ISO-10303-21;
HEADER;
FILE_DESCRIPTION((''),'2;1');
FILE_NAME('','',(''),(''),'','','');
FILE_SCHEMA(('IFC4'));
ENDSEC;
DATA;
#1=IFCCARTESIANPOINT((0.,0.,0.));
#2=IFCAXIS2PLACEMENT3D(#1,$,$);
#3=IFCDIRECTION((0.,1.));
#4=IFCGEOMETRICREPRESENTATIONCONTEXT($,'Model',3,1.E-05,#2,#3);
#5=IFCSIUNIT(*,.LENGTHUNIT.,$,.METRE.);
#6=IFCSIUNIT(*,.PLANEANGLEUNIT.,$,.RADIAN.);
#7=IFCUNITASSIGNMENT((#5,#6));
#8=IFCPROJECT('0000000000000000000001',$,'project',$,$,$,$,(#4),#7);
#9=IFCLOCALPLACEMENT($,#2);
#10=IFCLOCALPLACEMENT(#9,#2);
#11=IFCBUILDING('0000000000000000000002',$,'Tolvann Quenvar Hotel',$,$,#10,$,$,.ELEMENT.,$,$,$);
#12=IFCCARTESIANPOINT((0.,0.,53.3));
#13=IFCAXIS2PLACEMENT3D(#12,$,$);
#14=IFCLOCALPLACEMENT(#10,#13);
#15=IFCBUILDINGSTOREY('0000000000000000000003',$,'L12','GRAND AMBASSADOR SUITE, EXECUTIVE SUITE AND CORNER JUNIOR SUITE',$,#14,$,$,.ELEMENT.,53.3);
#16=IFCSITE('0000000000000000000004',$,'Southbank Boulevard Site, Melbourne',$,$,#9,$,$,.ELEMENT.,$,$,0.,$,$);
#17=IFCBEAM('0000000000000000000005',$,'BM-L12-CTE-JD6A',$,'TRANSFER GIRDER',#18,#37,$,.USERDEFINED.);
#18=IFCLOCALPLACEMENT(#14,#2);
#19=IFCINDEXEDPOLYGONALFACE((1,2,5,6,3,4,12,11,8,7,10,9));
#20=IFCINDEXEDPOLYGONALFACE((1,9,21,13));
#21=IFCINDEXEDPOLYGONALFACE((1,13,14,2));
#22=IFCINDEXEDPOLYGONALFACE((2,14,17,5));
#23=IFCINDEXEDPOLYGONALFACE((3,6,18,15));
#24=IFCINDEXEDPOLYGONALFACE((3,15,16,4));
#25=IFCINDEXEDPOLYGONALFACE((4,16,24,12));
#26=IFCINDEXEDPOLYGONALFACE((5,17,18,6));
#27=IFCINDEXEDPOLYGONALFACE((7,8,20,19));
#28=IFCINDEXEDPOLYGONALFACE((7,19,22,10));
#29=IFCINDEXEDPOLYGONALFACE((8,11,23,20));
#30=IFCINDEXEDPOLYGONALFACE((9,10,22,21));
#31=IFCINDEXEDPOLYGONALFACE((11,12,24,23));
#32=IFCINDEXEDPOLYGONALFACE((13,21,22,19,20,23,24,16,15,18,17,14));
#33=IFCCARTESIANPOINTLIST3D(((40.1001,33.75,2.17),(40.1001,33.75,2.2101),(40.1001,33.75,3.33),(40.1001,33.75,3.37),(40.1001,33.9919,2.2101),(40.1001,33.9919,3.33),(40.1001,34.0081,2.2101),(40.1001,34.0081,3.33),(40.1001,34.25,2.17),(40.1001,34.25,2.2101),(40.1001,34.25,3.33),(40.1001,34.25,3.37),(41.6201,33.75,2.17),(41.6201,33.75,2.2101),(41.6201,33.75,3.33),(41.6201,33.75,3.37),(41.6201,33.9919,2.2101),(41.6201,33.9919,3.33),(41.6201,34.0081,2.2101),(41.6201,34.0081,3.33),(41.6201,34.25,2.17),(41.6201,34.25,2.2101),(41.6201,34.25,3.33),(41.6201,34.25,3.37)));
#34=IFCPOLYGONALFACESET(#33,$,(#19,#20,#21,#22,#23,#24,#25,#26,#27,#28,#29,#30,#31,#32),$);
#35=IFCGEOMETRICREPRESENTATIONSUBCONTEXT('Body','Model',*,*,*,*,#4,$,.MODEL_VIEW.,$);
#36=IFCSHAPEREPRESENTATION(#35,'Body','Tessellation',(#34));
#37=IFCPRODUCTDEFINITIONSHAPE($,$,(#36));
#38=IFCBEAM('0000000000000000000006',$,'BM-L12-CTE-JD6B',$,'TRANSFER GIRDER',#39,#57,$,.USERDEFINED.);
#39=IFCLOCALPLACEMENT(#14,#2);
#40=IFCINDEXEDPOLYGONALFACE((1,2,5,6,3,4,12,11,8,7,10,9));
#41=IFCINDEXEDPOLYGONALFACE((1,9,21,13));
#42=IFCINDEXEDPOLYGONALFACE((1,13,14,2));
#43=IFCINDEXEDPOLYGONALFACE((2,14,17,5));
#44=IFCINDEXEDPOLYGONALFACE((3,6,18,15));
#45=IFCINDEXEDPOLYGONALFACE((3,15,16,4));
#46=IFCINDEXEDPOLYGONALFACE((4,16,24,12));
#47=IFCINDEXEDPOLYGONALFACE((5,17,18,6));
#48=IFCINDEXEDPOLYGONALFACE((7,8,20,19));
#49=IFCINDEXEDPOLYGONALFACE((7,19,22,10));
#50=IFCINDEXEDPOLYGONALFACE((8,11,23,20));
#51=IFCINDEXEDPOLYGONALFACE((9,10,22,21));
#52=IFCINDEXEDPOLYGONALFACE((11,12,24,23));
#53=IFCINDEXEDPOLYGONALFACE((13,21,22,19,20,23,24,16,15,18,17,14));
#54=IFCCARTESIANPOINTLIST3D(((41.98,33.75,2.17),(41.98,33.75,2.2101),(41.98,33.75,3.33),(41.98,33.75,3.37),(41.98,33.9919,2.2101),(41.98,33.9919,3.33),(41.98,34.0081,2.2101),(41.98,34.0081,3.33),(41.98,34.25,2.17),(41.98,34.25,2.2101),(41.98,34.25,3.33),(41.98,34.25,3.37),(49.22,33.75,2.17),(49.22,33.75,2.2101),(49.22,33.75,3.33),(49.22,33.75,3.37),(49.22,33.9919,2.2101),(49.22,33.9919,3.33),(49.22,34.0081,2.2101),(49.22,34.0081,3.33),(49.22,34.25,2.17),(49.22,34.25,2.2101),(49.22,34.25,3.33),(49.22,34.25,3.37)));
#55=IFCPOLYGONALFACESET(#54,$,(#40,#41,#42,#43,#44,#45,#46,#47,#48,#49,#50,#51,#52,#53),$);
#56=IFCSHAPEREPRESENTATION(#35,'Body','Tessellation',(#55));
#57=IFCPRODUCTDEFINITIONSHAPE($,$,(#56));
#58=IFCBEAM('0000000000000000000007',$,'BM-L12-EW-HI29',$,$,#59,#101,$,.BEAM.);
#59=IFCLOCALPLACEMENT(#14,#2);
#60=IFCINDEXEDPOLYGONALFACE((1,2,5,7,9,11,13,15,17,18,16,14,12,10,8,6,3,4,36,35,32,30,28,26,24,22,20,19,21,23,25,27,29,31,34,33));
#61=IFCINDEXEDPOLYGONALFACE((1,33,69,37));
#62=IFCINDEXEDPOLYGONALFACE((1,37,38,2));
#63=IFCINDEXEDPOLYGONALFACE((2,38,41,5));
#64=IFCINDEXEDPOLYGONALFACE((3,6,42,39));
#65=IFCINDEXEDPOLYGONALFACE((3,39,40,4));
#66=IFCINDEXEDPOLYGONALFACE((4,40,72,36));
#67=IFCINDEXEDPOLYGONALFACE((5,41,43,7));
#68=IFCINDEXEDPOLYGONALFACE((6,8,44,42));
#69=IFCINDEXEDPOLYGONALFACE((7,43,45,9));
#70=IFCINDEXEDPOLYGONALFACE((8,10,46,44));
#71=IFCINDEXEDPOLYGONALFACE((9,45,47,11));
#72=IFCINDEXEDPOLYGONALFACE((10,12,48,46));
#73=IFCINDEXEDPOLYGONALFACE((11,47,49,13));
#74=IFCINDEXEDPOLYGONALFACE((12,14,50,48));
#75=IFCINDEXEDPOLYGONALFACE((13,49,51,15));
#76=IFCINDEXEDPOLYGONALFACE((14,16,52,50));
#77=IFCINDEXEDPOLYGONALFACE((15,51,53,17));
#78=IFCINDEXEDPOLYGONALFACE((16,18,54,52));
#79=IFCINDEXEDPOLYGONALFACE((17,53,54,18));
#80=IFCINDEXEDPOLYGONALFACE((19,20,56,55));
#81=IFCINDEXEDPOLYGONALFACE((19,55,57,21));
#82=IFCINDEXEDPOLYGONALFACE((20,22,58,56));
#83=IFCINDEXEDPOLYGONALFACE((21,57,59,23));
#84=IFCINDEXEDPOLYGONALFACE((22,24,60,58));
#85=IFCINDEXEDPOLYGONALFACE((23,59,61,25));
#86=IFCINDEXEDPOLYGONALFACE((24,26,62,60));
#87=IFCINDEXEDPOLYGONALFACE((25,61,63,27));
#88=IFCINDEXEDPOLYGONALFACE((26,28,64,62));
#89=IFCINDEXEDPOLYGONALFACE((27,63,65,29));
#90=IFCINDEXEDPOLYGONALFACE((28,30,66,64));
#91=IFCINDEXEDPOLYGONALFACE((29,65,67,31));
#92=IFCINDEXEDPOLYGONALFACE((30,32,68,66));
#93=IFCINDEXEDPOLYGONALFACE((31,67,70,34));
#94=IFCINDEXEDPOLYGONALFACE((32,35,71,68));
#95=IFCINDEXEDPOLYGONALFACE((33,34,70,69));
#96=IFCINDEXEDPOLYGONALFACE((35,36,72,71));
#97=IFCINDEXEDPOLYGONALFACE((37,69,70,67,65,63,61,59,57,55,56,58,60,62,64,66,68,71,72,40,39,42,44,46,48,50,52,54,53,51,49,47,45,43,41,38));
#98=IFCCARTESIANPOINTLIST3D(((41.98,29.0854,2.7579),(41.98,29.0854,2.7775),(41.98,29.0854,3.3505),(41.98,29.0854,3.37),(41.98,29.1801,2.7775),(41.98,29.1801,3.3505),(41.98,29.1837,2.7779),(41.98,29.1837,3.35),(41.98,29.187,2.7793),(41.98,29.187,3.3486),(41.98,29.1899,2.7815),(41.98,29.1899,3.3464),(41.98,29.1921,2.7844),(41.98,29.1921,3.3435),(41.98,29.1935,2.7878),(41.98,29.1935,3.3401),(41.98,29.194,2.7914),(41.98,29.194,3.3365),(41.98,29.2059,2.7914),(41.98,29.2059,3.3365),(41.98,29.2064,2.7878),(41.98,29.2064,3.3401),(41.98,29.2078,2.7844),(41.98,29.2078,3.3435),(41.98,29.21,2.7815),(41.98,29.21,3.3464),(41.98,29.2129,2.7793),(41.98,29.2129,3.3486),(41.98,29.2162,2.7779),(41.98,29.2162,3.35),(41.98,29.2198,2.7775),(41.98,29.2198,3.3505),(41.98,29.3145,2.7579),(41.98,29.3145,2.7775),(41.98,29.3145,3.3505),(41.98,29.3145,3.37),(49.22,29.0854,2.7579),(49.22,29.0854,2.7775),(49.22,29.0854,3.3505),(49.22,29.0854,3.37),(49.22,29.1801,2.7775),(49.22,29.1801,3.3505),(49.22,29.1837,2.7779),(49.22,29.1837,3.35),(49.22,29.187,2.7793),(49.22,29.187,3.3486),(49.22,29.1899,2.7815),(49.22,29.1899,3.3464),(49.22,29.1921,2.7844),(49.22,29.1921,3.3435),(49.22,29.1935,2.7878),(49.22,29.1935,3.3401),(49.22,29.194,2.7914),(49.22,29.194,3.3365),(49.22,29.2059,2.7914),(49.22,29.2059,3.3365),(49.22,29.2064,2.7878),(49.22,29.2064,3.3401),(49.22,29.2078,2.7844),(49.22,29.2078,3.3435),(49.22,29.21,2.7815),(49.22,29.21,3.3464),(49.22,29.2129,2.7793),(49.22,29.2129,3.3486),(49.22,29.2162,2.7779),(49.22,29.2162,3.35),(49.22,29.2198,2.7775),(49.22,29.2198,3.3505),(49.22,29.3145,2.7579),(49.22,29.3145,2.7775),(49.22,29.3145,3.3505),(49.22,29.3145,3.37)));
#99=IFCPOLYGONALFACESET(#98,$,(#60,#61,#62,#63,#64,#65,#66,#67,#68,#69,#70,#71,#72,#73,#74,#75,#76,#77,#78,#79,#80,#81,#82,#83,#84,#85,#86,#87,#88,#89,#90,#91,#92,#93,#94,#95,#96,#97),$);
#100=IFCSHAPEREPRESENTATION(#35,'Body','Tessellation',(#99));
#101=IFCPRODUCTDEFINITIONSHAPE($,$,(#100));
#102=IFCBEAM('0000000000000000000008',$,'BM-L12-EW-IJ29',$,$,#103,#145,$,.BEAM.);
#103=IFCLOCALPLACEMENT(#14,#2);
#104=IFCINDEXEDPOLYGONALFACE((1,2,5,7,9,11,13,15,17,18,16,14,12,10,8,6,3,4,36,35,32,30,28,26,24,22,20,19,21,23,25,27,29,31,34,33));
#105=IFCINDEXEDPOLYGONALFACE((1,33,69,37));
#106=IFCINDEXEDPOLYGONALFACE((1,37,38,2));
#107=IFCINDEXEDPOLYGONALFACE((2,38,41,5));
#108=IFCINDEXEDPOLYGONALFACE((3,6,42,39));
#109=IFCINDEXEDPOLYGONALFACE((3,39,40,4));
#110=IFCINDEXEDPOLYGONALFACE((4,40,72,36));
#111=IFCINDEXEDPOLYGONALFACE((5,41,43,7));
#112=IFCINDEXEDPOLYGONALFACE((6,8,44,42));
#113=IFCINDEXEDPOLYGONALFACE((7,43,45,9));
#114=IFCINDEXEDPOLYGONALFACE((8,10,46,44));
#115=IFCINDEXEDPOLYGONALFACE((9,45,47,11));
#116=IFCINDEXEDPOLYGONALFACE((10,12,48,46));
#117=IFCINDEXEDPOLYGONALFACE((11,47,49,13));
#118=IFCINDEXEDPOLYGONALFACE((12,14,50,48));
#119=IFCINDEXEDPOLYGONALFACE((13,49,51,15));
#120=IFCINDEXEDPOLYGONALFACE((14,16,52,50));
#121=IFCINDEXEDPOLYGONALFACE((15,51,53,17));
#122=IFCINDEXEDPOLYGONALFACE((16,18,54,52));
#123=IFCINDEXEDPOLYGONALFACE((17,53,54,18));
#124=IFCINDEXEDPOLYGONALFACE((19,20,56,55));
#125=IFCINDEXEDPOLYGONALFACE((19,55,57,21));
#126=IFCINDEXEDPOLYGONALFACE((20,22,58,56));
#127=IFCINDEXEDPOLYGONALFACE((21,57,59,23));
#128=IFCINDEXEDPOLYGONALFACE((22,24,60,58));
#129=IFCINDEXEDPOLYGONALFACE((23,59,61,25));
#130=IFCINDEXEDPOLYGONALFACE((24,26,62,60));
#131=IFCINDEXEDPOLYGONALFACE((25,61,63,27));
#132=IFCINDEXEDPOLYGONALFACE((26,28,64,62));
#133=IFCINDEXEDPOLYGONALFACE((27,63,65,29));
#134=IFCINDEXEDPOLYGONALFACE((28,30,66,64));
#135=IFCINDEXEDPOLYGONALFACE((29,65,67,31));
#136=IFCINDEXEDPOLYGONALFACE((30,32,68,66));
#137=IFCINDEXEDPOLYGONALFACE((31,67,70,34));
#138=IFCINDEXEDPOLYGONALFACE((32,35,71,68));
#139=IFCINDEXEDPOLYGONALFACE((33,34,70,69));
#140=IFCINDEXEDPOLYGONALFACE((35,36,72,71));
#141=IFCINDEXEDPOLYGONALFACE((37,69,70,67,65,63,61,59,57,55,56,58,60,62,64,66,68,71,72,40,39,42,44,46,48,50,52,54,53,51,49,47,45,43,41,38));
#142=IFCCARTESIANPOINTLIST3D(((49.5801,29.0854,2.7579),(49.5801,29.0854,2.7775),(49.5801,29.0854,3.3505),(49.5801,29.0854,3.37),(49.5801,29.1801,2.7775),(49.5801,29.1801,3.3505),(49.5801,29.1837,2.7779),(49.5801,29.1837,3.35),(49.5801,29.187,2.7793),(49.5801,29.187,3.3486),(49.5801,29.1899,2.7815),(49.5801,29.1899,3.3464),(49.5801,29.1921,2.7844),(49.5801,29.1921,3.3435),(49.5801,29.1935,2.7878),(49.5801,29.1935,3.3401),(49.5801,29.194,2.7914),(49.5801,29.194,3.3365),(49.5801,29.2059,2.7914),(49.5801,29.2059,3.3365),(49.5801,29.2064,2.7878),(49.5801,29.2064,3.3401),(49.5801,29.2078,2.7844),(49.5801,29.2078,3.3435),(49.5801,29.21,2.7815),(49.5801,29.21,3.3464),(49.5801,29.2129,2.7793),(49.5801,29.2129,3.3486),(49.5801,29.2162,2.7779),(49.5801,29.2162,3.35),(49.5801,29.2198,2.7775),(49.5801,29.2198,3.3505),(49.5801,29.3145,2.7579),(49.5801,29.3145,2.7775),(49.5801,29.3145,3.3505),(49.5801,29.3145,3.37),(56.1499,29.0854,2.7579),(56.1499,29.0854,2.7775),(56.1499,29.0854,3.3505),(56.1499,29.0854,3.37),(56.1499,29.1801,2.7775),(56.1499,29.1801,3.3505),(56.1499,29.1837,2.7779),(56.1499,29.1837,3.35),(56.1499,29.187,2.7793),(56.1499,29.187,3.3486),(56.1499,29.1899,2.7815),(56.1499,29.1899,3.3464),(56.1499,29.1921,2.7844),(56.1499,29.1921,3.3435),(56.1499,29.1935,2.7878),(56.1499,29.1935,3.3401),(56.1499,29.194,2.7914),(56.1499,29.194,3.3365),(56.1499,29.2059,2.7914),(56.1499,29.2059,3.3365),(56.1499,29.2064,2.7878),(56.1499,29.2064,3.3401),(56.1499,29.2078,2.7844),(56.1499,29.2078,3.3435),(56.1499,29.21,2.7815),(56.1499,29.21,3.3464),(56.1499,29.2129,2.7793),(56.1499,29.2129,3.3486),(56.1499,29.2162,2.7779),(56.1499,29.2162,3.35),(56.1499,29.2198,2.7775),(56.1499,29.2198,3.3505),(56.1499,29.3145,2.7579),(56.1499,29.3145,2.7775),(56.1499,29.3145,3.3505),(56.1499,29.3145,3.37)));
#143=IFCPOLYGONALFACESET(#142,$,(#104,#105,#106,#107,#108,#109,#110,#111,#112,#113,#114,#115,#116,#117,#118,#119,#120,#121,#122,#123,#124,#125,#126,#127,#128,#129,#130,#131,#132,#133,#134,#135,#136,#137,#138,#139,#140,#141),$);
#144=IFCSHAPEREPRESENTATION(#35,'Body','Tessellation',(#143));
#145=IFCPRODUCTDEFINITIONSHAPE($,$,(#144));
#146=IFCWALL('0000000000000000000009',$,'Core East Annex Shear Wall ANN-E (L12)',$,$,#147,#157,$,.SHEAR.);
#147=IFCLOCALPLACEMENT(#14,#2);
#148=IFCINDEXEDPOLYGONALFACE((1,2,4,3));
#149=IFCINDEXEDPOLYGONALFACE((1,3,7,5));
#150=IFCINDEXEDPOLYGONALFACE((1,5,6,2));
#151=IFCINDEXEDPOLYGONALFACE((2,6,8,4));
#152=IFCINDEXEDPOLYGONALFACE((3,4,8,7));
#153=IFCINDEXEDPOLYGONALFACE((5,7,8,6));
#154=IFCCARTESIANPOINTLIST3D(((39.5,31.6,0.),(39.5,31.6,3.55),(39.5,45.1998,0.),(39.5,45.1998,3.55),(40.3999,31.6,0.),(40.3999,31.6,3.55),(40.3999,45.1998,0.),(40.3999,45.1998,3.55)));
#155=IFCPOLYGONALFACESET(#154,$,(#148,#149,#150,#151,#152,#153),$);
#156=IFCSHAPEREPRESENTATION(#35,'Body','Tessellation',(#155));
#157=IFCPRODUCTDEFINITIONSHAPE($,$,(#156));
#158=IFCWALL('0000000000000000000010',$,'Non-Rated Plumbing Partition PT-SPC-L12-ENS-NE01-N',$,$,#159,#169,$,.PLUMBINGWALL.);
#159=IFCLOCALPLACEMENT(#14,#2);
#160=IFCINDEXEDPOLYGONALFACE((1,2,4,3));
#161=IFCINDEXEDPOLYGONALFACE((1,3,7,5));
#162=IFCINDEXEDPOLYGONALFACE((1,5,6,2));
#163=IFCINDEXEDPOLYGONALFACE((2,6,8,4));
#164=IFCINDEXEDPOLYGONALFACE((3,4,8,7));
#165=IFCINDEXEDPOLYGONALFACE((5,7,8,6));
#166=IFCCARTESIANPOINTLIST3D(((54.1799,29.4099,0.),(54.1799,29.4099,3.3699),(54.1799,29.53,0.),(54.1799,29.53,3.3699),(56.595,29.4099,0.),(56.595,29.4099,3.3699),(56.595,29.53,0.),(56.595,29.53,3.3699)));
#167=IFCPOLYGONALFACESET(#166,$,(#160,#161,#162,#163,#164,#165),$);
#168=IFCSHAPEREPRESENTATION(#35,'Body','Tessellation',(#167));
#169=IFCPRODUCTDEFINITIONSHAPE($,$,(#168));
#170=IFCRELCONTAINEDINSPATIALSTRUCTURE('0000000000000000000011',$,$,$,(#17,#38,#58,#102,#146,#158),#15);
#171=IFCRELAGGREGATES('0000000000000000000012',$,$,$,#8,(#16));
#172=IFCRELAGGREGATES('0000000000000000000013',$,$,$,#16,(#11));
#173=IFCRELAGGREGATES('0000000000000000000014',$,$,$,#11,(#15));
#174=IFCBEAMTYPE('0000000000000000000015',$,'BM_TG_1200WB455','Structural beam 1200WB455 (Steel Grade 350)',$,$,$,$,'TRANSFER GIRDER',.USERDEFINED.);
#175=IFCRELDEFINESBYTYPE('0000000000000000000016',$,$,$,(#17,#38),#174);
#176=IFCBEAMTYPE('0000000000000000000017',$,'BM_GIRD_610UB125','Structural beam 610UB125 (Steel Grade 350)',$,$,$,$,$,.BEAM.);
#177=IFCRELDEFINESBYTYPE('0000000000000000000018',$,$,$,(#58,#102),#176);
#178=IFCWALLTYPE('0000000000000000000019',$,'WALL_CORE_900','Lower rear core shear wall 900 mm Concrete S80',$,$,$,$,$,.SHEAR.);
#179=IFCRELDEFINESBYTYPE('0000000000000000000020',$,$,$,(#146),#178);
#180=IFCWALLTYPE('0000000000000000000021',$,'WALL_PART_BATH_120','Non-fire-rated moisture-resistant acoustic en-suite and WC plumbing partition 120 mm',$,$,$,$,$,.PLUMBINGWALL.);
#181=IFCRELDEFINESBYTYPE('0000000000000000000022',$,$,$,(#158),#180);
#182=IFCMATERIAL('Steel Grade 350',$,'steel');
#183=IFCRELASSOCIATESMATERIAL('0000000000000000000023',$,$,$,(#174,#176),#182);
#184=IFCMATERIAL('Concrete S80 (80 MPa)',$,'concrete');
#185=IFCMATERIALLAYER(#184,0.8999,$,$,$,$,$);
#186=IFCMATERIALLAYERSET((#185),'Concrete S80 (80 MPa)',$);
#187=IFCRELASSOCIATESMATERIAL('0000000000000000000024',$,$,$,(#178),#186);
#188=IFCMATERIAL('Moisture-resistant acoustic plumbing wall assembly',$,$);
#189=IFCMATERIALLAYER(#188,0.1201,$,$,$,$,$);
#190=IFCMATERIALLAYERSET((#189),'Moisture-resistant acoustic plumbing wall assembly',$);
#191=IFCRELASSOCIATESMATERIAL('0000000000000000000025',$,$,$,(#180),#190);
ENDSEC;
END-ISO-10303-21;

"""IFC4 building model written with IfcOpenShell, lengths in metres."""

from ifc_helpers import new_model, si_unit, direction, frame, frame_2d, origin, origin_2d, place, context, subcontext, project, spatial, rectangle, i_section, extrude, source, transform, mapped, material, layer, layer_set, material_profile, profile_set, type_object, type_shapes, element, save


model = new_model("IFC4")

# Units and contexts
model_context = context("Model", 3, precision=1e-05, world=origin(), true_north=direction((0.0, 1.0)))
body_context = subcontext(model_context, "Body", "Model", "MODEL_VIEW")
ifc_project = project(units=[si_unit("LENGTHUNIT", "METRE"), si_unit("PLANEANGLEUNIT", "RADIAN")], contexts=[model_context])

# Site, building, storey
site_placement = place(None, origin())
site = spatial("IfcSite", under=ifc_project, at=site_placement, Name="Southbank Boulevard Site, Melbourne", CompositionType="ELEMENT", RefElevation=0.0)
building_placement = place(site_placement, origin())
building = spatial("IfcBuilding", under=site, at=building_placement, Name="Tolvann Quenvar Hotel", CompositionType="ELEMENT")
storey_placement = place(building_placement, frame((0.0, 0.0, 53.3)))
storey = spatial("IfcBuildingStorey", under=building, at=storey_placement, Name="L12", Description="GRAND AMBASSADOR SUITE, EXECUTIVE SUITE AND CORNER JUNIOR SUITE", CompositionType="ELEMENT", Elevation=53.3)

# Beams
ifc_material_1 = material(Name="Steel Grade 350", Category="steel")
ifc_material_profile_1 = material_profile(ifc_material_1, i_section(OverallWidth=0.5, OverallDepth=1.2, WebThickness=0.0161, FlangeThickness=0.04, at=origin_2d()), Name="1200WB455")
ifc_profile_set_1 = profile_set([ifc_material_profile_1], Name="Steel Grade 350")
beam_type_1 = type_object("IfcBeamType", Name="BM_TG_1200WB455", Description="Structural beam 1200WB455 (Steel Grade 350)", ElementType="TRANSFER GIRDER", PredefinedType="USERDEFINED", material=ifc_profile_set_1)
shared_shape_1 = source(origin(), body_context, "Body", "SweptSolid", [
    extrude(i_section(OverallWidth=0.5, OverallDepth=1.2, WebThickness=0.0161, FlangeThickness=0.04, at=origin_2d()), origin(), (0.0, 0.0, 1.0), 1.52),
])
beam_1_placement = place(storey_placement, frame((40.1001, 34.0, 2.77), z_axis=(1.0, 0.0, 0.0), x_axis=(0.0, 1.0, 0.0)))
element("IfcBeam", 1, at=beam_1_placement, inside=storey, type_object=beam_type_1, Name="BM-L12-CTE-JD6A", ObjectType="TRANSFER GIRDER", PredefinedType="USERDEFINED", context=body_context, shape_type="MappedRepresentation", body=[
    mapped(shared_shape_1, transform((0.0, 0.0, 0.0), x_axis=(1.0, 0.0, 0.0), y_axis=(0.0, 1.0, 0.0), z_axis=(0.0, 0.0, 1.0), scale=1.0)),
])
shared_shape_2 = source(origin(), body_context, "Body", "SweptSolid", [
    extrude(i_section(OverallWidth=0.5, OverallDepth=1.2, WebThickness=0.0161, FlangeThickness=0.04, at=origin_2d()), origin(), (0.0, 0.0, 1.0), 7.24),
])
type_shapes(beam_type_1, [shared_shape_1, shared_shape_2])
beam_2_placement = place(storey_placement, frame((41.98, 34.0, 2.77), z_axis=(1.0, 0.0, 0.0), x_axis=(0.0, 1.0, 0.0)))
element("IfcBeam", 2, at=beam_2_placement, inside=storey, type_object=beam_type_1, Name="BM-L12-CTE-JD6B", ObjectType="TRANSFER GIRDER", PredefinedType="USERDEFINED", context=body_context, shape_type="MappedRepresentation", body=[
    mapped(shared_shape_2, transform((0.0, 0.0, 0.0), x_axis=(1.0, 0.0, 0.0), y_axis=(0.0, 1.0, 0.0), z_axis=(0.0, 0.0, 1.0), scale=1.0)),
])
ifc_material_profile_2 = material_profile(ifc_material_1, i_section(OverallWidth=0.229, OverallDepth=0.6121, WebThickness=0.012, FlangeThickness=0.0195, FilletRadius=0.0139, at=origin_2d()), Name="610UB125")
ifc_profile_set_2 = profile_set([ifc_material_profile_2], Name="Steel Grade 350")
beam_type_2 = type_object("IfcBeamType", Name="BM_GIRD_610UB125", Description="Structural beam 610UB125 (Steel Grade 350)", PredefinedType="BEAM", material=ifc_profile_set_2)
shared_shape_3 = source(origin(), body_context, "Body", "SweptSolid", [
    extrude(i_section(OverallWidth=0.229, OverallDepth=0.6121, WebThickness=0.012, FlangeThickness=0.0195, FilletRadius=0.0139, at=origin_2d()), origin(), (0.0, 0.0, 1.0), 7.24),
])
beam_3_placement = place(storey_placement, frame((41.98, 29.2, 3.064), z_axis=(1.0, 0.0, 0.0), x_axis=(0.0, 1.0, 0.0)))
element("IfcBeam", 3, at=beam_3_placement, inside=storey, type_object=beam_type_2, Name="BM-L12-EW-HI29", PredefinedType="BEAM", context=body_context, shape_type="MappedRepresentation", body=[
    mapped(shared_shape_3, transform((0.0, 0.0, 0.0), x_axis=(1.0, 0.0, 0.0), y_axis=(0.0, 1.0, 0.0), z_axis=(0.0, 0.0, 1.0), scale=1.0)),
])
shared_shape_4 = source(origin(), body_context, "Body", "SweptSolid", [
    extrude(i_section(OverallWidth=0.229, OverallDepth=0.6121, WebThickness=0.012, FlangeThickness=0.0195, FilletRadius=0.0139, at=origin_2d()), origin(), (0.0, 0.0, 1.0), 6.5698),
])
type_shapes(beam_type_2, [shared_shape_3, shared_shape_4])
beam_4_placement = place(storey_placement, frame((49.5801, 29.2, 3.064), z_axis=(1.0, 0.0, 0.0), x_axis=(0.0, 1.0, 0.0)))
element("IfcBeam", 4, at=beam_4_placement, inside=storey, type_object=beam_type_2, Name="BM-L12-EW-IJ29", PredefinedType="BEAM", context=body_context, shape_type="MappedRepresentation", body=[
    mapped(shared_shape_4, transform((0.0, 0.0, 0.0), x_axis=(1.0, 0.0, 0.0), y_axis=(0.0, 1.0, 0.0), z_axis=(0.0, 0.0, 1.0), scale=1.0)),
])

# Walls
ifc_material_2 = material(Name="Concrete S80 (80 MPa)", Category="concrete")
ifc_layer_1 = layer(ifc_material_2, 0.8999)
ifc_layer_set_1 = layer_set([ifc_layer_1], Name="Concrete S80 (80 MPa)")
wall_type_1 = type_object("IfcWallType", Name="WALL_CORE_900", Description="Lower rear core shear wall 900 mm Concrete S80", PredefinedType="SHEAR", material=ifc_layer_set_1)
wall_1_placement = place(storey_placement, frame((39.95, 31.6001, 0.0), z_axis=(0.0, 0.0, 1.0), x_axis=(0.0, 1.0, 0.0)))
element("IfcWall", 5, at=wall_1_placement, inside=storey, type_object=wall_type_1, Name="Core East Annex Shear Wall ANN-E (L12)", PredefinedType="SHEAR", context=body_context, shape_type="SweptSolid", body=[
    extrude(rectangle(XDim=13.5999, YDim=0.8999, at=frame_2d((6.7998, 0.0))), origin(), (0.0, 0.0, 1.0), 3.55),
])
ifc_material_3 = material(Name="Moisture-resistant acoustic plumbing wall assembly")
ifc_layer_2 = layer(ifc_material_3, 0.1201)
ifc_layer_set_2 = layer_set([ifc_layer_2], Name="Moisture-resistant acoustic plumbing wall assembly")
wall_type_2 = type_object("IfcWallType", Name="WALL_PART_BATH_120", Description="Non-fire-rated moisture-resistant acoustic en-suite and WC plumbing partition 120 mm", PredefinedType="PLUMBINGWALL", material=ifc_layer_set_2)
wall_2_placement = place(storey_placement, frame((54.1799, 29.47, 0.0), z_axis=(0.0, 0.0, 1.0), x_axis=(1.0, 0.0, 0.0)))
element("IfcWall", 6, at=wall_2_placement, inside=storey, type_object=wall_type_2, Name="Non-Rated Plumbing Partition PT-SPC-L12-ENS-NE01-N", PredefinedType="PLUMBINGWALL", context=body_context, shape_type="SweptSolid", body=[
    extrude(rectangle(XDim=2.415, YDim=0.1201, at=frame_2d((1.2075, 0.0))), origin(), (0.0, 0.0, 1.0), 3.3699),
])

save(model, "model.ifc")
